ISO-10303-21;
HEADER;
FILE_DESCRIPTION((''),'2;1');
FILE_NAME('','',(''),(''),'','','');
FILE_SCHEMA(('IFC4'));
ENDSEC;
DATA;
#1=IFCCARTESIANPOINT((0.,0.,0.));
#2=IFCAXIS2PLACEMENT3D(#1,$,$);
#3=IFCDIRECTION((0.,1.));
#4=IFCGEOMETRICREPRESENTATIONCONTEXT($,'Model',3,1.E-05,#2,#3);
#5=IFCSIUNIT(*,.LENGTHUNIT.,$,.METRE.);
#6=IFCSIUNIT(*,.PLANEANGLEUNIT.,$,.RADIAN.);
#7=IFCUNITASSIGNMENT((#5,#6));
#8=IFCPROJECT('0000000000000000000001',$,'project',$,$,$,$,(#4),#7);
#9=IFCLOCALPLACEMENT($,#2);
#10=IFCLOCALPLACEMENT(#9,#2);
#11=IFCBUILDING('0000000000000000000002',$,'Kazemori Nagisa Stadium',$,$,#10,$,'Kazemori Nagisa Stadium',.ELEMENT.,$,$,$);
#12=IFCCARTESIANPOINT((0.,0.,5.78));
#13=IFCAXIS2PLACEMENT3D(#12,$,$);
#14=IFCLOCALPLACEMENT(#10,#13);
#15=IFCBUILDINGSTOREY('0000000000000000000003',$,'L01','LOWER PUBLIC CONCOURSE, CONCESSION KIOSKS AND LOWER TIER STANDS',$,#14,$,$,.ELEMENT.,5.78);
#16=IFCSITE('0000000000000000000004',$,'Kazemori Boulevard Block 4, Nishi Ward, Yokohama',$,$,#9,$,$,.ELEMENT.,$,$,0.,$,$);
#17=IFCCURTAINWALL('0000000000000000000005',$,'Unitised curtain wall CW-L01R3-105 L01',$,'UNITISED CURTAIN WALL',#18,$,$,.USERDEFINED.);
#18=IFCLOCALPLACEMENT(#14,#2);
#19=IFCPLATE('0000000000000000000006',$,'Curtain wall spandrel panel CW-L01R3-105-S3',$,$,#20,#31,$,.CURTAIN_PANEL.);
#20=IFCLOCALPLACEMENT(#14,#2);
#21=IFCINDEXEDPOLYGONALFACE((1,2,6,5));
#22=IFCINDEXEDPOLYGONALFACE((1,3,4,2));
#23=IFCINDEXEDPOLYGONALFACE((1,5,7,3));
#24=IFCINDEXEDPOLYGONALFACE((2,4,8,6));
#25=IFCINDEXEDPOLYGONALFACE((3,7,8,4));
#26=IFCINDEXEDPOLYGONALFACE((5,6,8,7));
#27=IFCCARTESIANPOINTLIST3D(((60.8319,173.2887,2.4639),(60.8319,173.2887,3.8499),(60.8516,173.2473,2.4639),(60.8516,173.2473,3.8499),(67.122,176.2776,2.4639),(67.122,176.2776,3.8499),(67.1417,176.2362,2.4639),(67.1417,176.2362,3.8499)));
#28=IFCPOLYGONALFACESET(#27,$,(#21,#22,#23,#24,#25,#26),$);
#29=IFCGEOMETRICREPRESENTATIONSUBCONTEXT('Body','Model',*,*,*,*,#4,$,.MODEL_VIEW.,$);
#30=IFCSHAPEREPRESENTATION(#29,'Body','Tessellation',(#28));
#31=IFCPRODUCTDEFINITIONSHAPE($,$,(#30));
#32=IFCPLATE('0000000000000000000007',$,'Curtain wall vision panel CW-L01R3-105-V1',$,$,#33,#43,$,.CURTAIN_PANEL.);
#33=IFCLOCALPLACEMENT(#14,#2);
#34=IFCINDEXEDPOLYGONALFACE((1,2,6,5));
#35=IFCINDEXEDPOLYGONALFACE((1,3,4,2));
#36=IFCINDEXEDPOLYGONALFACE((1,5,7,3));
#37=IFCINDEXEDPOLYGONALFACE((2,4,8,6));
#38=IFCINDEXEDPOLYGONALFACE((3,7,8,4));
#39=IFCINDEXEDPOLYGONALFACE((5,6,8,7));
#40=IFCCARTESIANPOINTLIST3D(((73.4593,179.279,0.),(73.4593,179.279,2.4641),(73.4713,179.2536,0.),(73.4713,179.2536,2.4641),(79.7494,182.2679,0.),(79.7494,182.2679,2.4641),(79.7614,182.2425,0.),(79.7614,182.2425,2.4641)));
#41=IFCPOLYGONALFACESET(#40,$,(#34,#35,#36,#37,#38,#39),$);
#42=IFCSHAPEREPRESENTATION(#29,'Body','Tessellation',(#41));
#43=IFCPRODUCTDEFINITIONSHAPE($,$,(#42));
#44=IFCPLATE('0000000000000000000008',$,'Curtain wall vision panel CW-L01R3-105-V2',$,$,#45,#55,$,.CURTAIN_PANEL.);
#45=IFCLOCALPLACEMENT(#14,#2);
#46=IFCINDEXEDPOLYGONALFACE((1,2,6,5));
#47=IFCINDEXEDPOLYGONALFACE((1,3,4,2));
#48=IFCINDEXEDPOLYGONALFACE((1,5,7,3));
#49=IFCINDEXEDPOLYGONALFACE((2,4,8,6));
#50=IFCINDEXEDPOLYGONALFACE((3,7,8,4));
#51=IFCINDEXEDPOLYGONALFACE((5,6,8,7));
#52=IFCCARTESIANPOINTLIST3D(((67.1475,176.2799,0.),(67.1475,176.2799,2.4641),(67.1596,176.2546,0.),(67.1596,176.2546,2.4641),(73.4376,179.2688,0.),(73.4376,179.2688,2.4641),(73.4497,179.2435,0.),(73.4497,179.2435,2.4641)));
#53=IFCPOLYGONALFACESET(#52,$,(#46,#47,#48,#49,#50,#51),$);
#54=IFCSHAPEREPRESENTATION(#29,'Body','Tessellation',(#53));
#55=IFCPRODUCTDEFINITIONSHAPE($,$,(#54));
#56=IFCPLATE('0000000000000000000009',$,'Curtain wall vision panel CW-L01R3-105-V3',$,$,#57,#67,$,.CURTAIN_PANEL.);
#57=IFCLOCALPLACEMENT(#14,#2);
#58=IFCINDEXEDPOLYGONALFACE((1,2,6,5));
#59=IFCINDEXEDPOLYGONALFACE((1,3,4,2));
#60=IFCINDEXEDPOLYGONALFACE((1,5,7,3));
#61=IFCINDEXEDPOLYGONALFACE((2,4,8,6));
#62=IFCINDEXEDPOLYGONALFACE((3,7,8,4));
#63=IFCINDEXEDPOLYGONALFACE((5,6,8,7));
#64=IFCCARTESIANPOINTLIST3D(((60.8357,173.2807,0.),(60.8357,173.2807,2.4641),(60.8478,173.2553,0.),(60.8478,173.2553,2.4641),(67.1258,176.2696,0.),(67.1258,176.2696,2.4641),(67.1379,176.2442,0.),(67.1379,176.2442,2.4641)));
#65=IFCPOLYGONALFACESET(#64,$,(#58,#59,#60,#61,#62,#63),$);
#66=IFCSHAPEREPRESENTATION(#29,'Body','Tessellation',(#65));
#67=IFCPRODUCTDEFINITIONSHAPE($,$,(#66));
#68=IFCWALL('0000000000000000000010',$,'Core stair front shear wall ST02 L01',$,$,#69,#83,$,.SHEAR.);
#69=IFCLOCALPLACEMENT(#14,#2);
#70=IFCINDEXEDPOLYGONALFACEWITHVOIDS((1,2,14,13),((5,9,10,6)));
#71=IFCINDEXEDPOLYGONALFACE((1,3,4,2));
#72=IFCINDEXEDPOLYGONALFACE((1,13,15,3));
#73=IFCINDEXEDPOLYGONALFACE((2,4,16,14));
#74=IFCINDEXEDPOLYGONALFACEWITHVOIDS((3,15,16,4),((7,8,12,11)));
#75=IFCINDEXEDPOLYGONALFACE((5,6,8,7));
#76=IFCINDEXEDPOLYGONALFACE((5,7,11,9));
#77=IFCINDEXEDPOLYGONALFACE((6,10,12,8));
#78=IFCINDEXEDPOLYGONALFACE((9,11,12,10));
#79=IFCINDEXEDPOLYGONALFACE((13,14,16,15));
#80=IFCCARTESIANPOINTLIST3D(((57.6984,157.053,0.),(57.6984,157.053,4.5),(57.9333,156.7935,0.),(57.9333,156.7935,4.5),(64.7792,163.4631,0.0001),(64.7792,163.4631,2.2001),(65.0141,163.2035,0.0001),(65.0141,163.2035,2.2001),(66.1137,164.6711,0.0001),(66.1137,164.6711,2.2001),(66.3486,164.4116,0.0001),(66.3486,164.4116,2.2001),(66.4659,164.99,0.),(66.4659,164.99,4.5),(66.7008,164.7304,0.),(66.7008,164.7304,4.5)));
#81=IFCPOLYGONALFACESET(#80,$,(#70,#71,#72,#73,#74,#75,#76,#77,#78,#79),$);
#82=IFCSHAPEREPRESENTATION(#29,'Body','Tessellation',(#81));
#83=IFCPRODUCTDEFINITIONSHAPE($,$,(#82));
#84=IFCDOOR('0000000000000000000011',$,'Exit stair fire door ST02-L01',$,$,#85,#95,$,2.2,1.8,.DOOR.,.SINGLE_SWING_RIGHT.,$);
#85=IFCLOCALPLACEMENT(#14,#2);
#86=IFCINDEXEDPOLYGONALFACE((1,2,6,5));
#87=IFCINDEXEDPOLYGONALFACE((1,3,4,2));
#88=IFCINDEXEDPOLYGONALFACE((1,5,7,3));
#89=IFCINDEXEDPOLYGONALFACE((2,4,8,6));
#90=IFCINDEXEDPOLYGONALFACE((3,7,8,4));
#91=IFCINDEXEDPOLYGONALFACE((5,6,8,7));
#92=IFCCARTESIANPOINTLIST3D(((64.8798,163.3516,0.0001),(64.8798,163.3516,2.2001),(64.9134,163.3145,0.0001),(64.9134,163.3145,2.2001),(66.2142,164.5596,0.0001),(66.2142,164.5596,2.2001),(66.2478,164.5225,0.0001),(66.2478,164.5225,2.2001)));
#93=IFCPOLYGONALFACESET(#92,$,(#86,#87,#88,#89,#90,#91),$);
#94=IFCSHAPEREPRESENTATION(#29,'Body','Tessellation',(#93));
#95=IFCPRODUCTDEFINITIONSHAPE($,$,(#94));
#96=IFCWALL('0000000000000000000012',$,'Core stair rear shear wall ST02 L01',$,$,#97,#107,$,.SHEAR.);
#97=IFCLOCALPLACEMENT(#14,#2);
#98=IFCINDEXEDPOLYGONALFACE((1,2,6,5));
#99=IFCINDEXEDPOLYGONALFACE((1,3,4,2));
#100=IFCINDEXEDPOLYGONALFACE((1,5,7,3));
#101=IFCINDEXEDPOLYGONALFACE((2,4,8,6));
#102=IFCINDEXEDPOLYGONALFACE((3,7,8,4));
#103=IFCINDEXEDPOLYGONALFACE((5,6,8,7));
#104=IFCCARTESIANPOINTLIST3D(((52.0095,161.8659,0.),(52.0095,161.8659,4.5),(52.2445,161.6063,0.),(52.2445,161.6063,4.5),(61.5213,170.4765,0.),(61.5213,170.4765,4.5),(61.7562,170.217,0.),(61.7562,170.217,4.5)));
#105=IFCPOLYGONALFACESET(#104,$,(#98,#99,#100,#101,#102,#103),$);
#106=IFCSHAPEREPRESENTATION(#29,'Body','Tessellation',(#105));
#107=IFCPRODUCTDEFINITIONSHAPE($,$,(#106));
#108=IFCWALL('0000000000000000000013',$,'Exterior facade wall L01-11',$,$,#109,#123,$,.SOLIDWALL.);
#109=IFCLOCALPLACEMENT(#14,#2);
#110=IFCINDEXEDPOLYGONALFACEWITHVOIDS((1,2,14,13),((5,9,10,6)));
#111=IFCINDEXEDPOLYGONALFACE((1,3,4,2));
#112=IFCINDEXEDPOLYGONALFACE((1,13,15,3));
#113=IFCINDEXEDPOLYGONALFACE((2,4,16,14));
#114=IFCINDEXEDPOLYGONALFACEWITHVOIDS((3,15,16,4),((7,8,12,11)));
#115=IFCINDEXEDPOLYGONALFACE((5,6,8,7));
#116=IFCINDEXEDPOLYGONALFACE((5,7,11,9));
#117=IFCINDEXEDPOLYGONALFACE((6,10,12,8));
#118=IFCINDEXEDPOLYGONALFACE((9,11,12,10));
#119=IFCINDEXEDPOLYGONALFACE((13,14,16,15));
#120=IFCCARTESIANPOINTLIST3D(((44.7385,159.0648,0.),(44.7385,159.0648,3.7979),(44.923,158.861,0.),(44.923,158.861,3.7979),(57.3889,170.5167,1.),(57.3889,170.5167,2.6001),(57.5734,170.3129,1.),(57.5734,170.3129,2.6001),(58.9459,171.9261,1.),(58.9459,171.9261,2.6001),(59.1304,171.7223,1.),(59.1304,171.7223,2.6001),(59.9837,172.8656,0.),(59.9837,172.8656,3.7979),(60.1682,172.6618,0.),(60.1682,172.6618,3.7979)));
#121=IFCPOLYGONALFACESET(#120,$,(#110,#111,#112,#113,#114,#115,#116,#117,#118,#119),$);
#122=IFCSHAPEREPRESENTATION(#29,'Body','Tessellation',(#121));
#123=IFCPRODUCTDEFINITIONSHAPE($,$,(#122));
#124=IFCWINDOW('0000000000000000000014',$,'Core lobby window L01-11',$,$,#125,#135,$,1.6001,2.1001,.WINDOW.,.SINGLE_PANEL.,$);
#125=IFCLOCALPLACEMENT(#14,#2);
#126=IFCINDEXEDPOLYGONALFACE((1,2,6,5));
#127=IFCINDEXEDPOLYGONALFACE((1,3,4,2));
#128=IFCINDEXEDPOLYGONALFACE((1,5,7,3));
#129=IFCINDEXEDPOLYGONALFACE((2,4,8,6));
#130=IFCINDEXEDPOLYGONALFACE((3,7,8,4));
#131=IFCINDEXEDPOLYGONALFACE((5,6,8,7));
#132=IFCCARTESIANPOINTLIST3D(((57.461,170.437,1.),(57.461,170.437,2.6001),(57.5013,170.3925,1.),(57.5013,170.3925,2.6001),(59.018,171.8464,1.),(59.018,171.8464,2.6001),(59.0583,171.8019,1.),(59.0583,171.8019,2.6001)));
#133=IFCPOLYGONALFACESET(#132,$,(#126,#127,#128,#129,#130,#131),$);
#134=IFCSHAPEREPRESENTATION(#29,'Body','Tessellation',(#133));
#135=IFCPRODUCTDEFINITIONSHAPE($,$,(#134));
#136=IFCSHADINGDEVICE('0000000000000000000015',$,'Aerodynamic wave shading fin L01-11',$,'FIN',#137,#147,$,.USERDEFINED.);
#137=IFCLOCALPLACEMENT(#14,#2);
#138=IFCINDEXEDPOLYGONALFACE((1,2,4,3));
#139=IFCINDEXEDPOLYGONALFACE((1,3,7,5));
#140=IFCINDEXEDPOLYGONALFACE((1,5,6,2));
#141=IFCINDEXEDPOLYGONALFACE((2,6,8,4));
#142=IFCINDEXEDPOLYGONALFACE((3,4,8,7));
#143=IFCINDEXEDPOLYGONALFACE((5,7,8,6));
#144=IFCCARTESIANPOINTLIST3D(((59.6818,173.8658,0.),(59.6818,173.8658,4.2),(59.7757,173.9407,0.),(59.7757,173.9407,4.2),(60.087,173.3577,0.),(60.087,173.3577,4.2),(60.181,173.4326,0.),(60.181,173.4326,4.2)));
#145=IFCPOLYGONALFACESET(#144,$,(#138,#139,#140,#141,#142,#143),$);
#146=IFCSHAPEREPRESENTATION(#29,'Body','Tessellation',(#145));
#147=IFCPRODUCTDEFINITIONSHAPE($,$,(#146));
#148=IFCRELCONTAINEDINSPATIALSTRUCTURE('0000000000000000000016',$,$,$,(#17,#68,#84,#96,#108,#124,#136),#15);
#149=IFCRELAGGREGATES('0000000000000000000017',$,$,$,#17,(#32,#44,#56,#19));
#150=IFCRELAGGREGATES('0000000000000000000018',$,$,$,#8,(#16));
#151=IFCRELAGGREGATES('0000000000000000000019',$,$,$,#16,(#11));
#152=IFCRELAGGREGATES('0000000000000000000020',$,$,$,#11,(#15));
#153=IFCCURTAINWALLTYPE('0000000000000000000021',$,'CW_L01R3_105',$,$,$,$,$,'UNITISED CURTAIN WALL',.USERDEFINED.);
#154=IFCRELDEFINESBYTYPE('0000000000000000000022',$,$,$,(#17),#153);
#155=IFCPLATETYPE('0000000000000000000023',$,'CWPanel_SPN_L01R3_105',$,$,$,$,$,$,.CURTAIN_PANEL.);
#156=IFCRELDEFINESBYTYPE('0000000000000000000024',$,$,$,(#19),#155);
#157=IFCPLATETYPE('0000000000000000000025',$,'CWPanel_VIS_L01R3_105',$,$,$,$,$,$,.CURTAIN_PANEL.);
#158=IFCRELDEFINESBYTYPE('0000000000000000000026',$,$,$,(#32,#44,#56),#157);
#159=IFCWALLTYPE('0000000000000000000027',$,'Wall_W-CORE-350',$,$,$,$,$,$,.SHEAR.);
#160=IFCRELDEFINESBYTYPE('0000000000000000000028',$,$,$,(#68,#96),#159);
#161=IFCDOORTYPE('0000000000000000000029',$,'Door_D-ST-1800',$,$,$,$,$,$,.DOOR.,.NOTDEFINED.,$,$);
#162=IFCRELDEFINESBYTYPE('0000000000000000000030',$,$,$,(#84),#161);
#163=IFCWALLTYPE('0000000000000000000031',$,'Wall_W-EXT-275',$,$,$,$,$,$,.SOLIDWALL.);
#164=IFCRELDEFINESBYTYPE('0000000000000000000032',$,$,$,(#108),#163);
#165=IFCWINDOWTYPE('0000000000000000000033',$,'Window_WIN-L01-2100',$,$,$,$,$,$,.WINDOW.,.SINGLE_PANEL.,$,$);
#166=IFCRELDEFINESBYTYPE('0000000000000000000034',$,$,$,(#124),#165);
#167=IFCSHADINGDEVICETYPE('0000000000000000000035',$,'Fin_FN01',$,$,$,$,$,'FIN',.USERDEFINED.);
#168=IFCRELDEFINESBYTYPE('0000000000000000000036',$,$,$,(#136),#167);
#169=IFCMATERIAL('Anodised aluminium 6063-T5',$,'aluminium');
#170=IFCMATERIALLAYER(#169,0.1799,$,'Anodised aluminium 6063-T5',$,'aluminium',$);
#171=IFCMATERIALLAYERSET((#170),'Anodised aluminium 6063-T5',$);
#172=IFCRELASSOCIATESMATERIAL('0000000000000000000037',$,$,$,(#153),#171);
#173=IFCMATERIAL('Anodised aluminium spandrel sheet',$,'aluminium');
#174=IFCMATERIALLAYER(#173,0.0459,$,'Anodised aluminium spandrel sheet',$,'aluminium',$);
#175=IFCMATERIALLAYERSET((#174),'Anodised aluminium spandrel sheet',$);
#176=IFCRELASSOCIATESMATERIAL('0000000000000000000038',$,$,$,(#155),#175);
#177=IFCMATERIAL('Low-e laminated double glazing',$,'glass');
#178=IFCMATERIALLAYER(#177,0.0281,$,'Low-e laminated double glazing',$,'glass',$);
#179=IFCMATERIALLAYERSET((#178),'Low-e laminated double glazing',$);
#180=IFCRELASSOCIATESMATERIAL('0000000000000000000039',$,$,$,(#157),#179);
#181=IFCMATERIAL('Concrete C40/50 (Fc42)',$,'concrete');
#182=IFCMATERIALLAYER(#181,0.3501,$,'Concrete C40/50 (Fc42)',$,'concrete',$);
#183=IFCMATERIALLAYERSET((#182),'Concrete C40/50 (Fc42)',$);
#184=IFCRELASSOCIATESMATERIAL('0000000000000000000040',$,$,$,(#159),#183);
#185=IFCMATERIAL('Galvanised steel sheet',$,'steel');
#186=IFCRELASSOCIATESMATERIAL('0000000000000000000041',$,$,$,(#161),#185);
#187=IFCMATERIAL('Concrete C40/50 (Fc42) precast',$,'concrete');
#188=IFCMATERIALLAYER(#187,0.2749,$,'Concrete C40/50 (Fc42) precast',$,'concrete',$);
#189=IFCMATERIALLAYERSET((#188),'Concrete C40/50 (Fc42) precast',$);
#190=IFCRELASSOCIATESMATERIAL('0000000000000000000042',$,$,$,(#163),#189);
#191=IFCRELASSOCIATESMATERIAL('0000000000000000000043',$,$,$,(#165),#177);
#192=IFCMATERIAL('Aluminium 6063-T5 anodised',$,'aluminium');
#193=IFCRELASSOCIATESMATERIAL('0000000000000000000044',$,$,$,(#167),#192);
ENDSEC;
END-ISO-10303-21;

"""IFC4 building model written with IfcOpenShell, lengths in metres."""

from ifc_helpers import new_model, si_unit, direction, frame, frame_2d, origin, origin_2d, place, context, subcontext, project, spatial, rectangle, extrude, material, layer, layer_set, type_object, element, fill, aggregate, save


model = new_model("IFC4")

# Units and contexts
model_context = context("Model", 3, precision=1e-05, world=origin(), true_north=direction((0.0, 1.0)))
body_context = subcontext(model_context, "Body", "Model", "MODEL_VIEW")
ifc_project = project(units=[si_unit("LENGTHUNIT", "METRE"), si_unit("PLANEANGLEUNIT", "RADIAN")], contexts=[model_context])

# Site, building, storey
site_placement = place(None, origin())
site = spatial("IfcSite", under=ifc_project, at=site_placement, Name="Kazemori Boulevard Block 4, Nishi Ward, Yokohama", CompositionType="ELEMENT", RefElevation=0.0)
building_placement = place(site_placement, origin())
building = spatial("IfcBuilding", under=site, at=building_placement, Name="Kazemori Nagisa Stadium", LongName="Kazemori Nagisa Stadium", CompositionType="ELEMENT")
storey_placement = place(building_placement, frame((0.0, 0.0, 5.78)))
storey = spatial("IfcBuildingStorey", under=building, at=storey_placement, Name="L01", Description="LOWER PUBLIC CONCOURSE, CONCESSION KIOSKS AND LOWER TIER STANDS", CompositionType="ELEMENT", Elevation=5.78)

# Shared definitions
ifc_material_1 = material(Name="Concrete C40/50 (Fc42)", Category="concrete")

# Curtain wall, plates
ifc_material_2 = material(Name="Anodised aluminium 6063-T5", Category="aluminium")
ifc_layer_1 = layer(ifc_material_2, 0.1799, Name="Anodised aluminium 6063-T5", Category="aluminium")
ifc_layer_set_1 = layer_set([ifc_layer_1], Name="Anodised aluminium 6063-T5")
curtain_wall_type = type_object("IfcCurtainWallType", Name="CW_L01R3_105", ElementType="UNITISED CURTAIN WALL", PredefinedType="USERDEFINED", material=ifc_layer_set_1)
curtain_wall_placement = place(storey_placement, origin())
curtain_wall = element("IfcCurtainWall", 1, at=curtain_wall_placement, inside=storey, type_object=curtain_wall_type, Name="Unitised curtain wall CW-L01R3-105 L01", ObjectType="UNITISED CURTAIN WALL", PredefinedType="USERDEFINED")
ifc_material_3 = material(Name="Aluminium 6063-T5 anodised", Category="aluminium")
ifc_material_4 = material(Name="Anodised aluminium spandrel sheet", Category="aluminium")
ifc_layer_2 = layer(ifc_material_4, 0.0459, Name="Anodised aluminium spandrel sheet", Category="aluminium")
ifc_layer_set_2 = layer_set([ifc_layer_2], Name="Anodised aluminium spandrel sheet")
plate_type_1 = type_object("IfcPlateType", Name="CWPanel_SPN_L01R3_105", PredefinedType="CURTAIN_PANEL", material=ifc_layer_set_2)
plate_1_placement = place(storey_placement, frame((63.9868, 174.7625, 2.4639), z_axis=(0.0, 0.0, 1.0), x_axis=(-0.903216, -0.429186, 0.0)))
plate_1 = element("IfcPlate", 2, at=plate_1_placement, type_object=plate_type_1, Name="Curtain wall spandrel panel CW-L01R3-105-S3", PredefinedType="CURTAIN_PANEL", context=body_context, shape_type="SweptSolid", body=[
    extrude(rectangle(XDim=6.9641, YDim=0.0459, at=origin_2d()), origin(), (0.0, 0.0, 1.0), 1.386),
])
ifc_material_5 = material(Name="Low-e laminated double glazing", Category="glass")
ifc_layer_3 = layer(ifc_material_5, 0.0281, Name="Low-e laminated double glazing", Category="glass")
ifc_layer_set_3 = layer_set([ifc_layer_3], Name="Low-e laminated double glazing")
plate_type_2 = type_object("IfcPlateType", Name="CWPanel_VIS_L01R3_105", PredefinedType="CURTAIN_PANEL", material=ifc_layer_set_3)
plate_2_placement = place(storey_placement, frame((76.6104, 180.7607, 0.0), z_axis=(0.0, 0.0, 1.0), x_axis=(-0.903216, -0.429186, 0.0)))
plate_2 = element("IfcPlate", 3, at=plate_2_placement, type_object=plate_type_2, Name="Curtain wall vision panel CW-L01R3-105-V1", PredefinedType="CURTAIN_PANEL", context=body_context, shape_type="SweptSolid", body=[
    extrude(rectangle(XDim=6.9641, YDim=0.0281, at=origin_2d()), origin(), (0.0, 0.0, 1.0), 2.4641),
])
plate_3_placement = place(storey_placement, frame((70.2986, 177.7617, 0.0), z_axis=(0.0, 0.0, 1.0), x_axis=(-0.903216, -0.429186, 0.0)))
plate_3 = element("IfcPlate", 4, at=plate_3_placement, type_object=plate_type_2, Name="Curtain wall vision panel CW-L01R3-105-V2", PredefinedType="CURTAIN_PANEL", context=body_context, shape_type="SweptSolid", body=[
    extrude(rectangle(XDim=6.9641, YDim=0.0281, at=origin_2d()), origin(), (0.0, 0.0, 1.0), 2.4641),
])
plate_4_placement = place(storey_placement, frame((63.9868, 174.7625, 0.0), z_axis=(0.0, 0.0, 1.0), x_axis=(-0.903216, -0.429186, 0.0)))
plate_4 = element("IfcPlate", 5, at=plate_4_placement, type_object=plate_type_2, Name="Curtain wall vision panel CW-L01R3-105-V3", PredefinedType="CURTAIN_PANEL", context=body_context, shape_type="SweptSolid", body=[
    extrude(rectangle(XDim=6.9641, YDim=0.0281, at=origin_2d()), origin(), (0.0, 0.0, 1.0), 2.4641),
])
aggregate(curtain_wall, [plate_2, plate_3, plate_4, plate_1])

# Wall, opening, door
ifc_layer_4 = layer(ifc_material_1, 0.3501, Name="Concrete C40/50 (Fc42)", Category="concrete")
ifc_layer_set_4 = layer_set([ifc_layer_4], Name="Concrete C40/50 (Fc42)")
wall_type_1 = type_object("IfcWallType", Name="Wall_W-CORE-350", PredefinedType="SHEAR", material=ifc_layer_set_4)
wall_1_placement = place(storey_placement, frame((66.5833, 164.8601, 0.0), z_axis=(0.0, 0.0, 1.0), x_axis=(-0.741349, -0.67112, 0.0)))
wall_1 = element("IfcWall", 6, at=wall_1_placement, inside=storey, type_object=wall_type_1, Name="Core stair front shear wall ST02 L01", PredefinedType="SHEAR", context=body_context, shape_type="SweptSolid", body=[
    extrude(rectangle(XDim=11.8264, YDim=0.3501, at=frame_2d((5.9131, 0.0))), origin(), (0.0, 0.0, 1.0), 4.5),
])
opening_1_placement = place(wall_1_placement, frame((0.4751, 0.0, 0.0)))
opening_1 = element("IfcOpeningElement", 7, at=opening_1_placement, cuts=wall_1, PredefinedType="OPENING", context=body_context, shape_type="SweptSolid", body=[
    extrude(rectangle(XDim=1.8, YDim=2.2, at=frame_2d((0.8999, 1.1001))), frame((0.0, 0.1851, 0.0), z_axis=(0.0, -1.0, 0.0), x_axis=(1.0, 0.0, 0.0)), (0.0, 0.0, 1.0), 0.3701),
])
ifc_material_6 = material(Name="Galvanised steel sheet", Category="steel")
door_type = type_object("IfcDoorType", Name="Door_D-ST-1800", OperationType="NOTDEFINED", PredefinedType="DOOR", material=ifc_material_6)
door_placement = place(opening_1_placement, frame((1.8, 0.0, 0.0), z_axis=(0.0, 0.0, 1.0), x_axis=(-1.0, 0.0, 0.0)))
door = element("IfcDoor", 8, at=door_placement, inside=storey, type_object=door_type, Name="Exit stair fire door ST02-L01", OperationType="SINGLE_SWING_RIGHT", OverallHeight=2.2, OverallWidth=1.8, PredefinedType="DOOR", context=body_context, shape_type="SweptSolid", body=[
    extrude(rectangle(XDim=1.8, YDim=2.2, at=frame_2d((0.8999, 1.1001))), frame((0.0, 0.0249, 0.0), z_axis=(0.0, -1.0, 0.0), x_axis=(1.0, 0.0, 0.0)), (0.0, 0.0, 1.0), 0.05),
])
fill(opening_1, door)

# Wall
wall_2_placement = place(storey_placement, frame((61.6387, 170.3467, 0.0), z_axis=(0.0, 0.0, 1.0), x_axis=(-0.741351, -0.671117, 0.0)))
element("IfcWall", 9, at=wall_2_placement, inside=storey, type_object=wall_type_1, Name="Core stair rear shear wall ST02 L01", PredefinedType="SHEAR", context=body_context, shape_type="SweptSolid", body=[
    extrude(rectangle(XDim=12.8303, YDim=0.3501, at=frame_2d((6.415, 0.0))), origin(), (0.0, 0.0, 1.0), 4.5),
])

# Wall, opening, window
ifc_material_7 = material(Name="Concrete C40/50 (Fc42) precast", Category="concrete")
ifc_layer_5 = layer(ifc_material_7, 0.2749, Name="Concrete C40/50 (Fc42) precast", Category="concrete")
ifc_layer_set_5 = layer_set([ifc_layer_5], Name="Concrete C40/50 (Fc42) precast")
wall_type_2 = type_object("IfcWallType", Name="Wall_W-EXT-275", PredefinedType="SOLIDWALL", material=ifc_layer_set_5)
wall_3_placement = place(storey_placement, frame((60.0759, 172.7637, 0.0), z_axis=(0.0, 0.0, 1.0), x_axis=(-0.741352, -0.671116, 0.0)))
wall_3 = element("IfcWall", 10, at=wall_3_placement, inside=storey, type_object=wall_type_2, Name="Exterior facade wall L01-11", PredefinedType="SOLIDWALL", context=body_context, shape_type="SweptSolid", body=[
    extrude(rectangle(XDim=20.564, YDim=0.2749, at=frame_2d((10.282, 0.0))), origin(), (0.0, 0.0, 1.0), 3.7979),
])
opening_2_placement = place(wall_3_placement, frame((1.3999, 0.0, 1.0)))
opening_2 = element("IfcOpeningElement", 11, at=opening_2_placement, cuts=wall_3, PredefinedType="OPENING", context=body_context, shape_type="SweptSolid", body=[
    extrude(rectangle(XDim=2.1001, YDim=1.6001, at=frame_2d((1.05, 0.8))), frame((0.0, 0.1475, 0.0), z_axis=(0.0, -1.0, 0.0), x_axis=(1.0, 0.0, 0.0)), (0.0, 0.0, 1.0), 0.2949),
])
window_type = type_object("IfcWindowType", Name="Window_WIN-L01-2100", PartitioningType="SINGLE_PANEL", PredefinedType="WINDOW", material=ifc_material_5)
window_placement = place(opening_2_placement, origin())
window = element("IfcWindow", 12, at=window_placement, inside=storey, type_object=window_type, Name="Core lobby window L01-11", OverallHeight=1.6001, OverallWidth=2.1001, PartitioningType="SINGLE_PANEL", PredefinedType="WINDOW", context=body_context, shape_type="SweptSolid", body=[
    extrude(rectangle(XDim=2.1001, YDim=1.6001, at=frame_2d((1.05, 0.8))), frame((0.0, 0.03, 0.0), z_axis=(0.0, -1.0, 0.0), x_axis=(1.0, 0.0, 0.0)), (0.0, 0.0, 1.0), 0.0601),
])
fill(opening_2, window)

# Shading device
shading_device_type = type_object("IfcShadingDeviceType", Name="Fin_FN01", ElementType="FIN", PredefinedType="USERDEFINED", material=ifc_material_3)
shading_device_placement = place(storey_placement, frame((59.9314, 173.6492, 0.0), z_axis=(0.0, 0.0, 1.0), x_axis=(-0.62349, 0.781831, 0.0)))
element("IfcShadingDevice", 13, at=shading_device_placement, inside=storey, type_object=shading_device_type, Name="Aerodynamic wave shading fin L01-11", ObjectType="FIN", PredefinedType="USERDEFINED", context=body_context, shape_type="SweptSolid", body=[
    extrude(rectangle(XDim=0.6499, YDim=0.1201, at=origin_2d()), origin(), (0.0, 0.0, 1.0), 4.2),
])

save(model, "model.ifc")
